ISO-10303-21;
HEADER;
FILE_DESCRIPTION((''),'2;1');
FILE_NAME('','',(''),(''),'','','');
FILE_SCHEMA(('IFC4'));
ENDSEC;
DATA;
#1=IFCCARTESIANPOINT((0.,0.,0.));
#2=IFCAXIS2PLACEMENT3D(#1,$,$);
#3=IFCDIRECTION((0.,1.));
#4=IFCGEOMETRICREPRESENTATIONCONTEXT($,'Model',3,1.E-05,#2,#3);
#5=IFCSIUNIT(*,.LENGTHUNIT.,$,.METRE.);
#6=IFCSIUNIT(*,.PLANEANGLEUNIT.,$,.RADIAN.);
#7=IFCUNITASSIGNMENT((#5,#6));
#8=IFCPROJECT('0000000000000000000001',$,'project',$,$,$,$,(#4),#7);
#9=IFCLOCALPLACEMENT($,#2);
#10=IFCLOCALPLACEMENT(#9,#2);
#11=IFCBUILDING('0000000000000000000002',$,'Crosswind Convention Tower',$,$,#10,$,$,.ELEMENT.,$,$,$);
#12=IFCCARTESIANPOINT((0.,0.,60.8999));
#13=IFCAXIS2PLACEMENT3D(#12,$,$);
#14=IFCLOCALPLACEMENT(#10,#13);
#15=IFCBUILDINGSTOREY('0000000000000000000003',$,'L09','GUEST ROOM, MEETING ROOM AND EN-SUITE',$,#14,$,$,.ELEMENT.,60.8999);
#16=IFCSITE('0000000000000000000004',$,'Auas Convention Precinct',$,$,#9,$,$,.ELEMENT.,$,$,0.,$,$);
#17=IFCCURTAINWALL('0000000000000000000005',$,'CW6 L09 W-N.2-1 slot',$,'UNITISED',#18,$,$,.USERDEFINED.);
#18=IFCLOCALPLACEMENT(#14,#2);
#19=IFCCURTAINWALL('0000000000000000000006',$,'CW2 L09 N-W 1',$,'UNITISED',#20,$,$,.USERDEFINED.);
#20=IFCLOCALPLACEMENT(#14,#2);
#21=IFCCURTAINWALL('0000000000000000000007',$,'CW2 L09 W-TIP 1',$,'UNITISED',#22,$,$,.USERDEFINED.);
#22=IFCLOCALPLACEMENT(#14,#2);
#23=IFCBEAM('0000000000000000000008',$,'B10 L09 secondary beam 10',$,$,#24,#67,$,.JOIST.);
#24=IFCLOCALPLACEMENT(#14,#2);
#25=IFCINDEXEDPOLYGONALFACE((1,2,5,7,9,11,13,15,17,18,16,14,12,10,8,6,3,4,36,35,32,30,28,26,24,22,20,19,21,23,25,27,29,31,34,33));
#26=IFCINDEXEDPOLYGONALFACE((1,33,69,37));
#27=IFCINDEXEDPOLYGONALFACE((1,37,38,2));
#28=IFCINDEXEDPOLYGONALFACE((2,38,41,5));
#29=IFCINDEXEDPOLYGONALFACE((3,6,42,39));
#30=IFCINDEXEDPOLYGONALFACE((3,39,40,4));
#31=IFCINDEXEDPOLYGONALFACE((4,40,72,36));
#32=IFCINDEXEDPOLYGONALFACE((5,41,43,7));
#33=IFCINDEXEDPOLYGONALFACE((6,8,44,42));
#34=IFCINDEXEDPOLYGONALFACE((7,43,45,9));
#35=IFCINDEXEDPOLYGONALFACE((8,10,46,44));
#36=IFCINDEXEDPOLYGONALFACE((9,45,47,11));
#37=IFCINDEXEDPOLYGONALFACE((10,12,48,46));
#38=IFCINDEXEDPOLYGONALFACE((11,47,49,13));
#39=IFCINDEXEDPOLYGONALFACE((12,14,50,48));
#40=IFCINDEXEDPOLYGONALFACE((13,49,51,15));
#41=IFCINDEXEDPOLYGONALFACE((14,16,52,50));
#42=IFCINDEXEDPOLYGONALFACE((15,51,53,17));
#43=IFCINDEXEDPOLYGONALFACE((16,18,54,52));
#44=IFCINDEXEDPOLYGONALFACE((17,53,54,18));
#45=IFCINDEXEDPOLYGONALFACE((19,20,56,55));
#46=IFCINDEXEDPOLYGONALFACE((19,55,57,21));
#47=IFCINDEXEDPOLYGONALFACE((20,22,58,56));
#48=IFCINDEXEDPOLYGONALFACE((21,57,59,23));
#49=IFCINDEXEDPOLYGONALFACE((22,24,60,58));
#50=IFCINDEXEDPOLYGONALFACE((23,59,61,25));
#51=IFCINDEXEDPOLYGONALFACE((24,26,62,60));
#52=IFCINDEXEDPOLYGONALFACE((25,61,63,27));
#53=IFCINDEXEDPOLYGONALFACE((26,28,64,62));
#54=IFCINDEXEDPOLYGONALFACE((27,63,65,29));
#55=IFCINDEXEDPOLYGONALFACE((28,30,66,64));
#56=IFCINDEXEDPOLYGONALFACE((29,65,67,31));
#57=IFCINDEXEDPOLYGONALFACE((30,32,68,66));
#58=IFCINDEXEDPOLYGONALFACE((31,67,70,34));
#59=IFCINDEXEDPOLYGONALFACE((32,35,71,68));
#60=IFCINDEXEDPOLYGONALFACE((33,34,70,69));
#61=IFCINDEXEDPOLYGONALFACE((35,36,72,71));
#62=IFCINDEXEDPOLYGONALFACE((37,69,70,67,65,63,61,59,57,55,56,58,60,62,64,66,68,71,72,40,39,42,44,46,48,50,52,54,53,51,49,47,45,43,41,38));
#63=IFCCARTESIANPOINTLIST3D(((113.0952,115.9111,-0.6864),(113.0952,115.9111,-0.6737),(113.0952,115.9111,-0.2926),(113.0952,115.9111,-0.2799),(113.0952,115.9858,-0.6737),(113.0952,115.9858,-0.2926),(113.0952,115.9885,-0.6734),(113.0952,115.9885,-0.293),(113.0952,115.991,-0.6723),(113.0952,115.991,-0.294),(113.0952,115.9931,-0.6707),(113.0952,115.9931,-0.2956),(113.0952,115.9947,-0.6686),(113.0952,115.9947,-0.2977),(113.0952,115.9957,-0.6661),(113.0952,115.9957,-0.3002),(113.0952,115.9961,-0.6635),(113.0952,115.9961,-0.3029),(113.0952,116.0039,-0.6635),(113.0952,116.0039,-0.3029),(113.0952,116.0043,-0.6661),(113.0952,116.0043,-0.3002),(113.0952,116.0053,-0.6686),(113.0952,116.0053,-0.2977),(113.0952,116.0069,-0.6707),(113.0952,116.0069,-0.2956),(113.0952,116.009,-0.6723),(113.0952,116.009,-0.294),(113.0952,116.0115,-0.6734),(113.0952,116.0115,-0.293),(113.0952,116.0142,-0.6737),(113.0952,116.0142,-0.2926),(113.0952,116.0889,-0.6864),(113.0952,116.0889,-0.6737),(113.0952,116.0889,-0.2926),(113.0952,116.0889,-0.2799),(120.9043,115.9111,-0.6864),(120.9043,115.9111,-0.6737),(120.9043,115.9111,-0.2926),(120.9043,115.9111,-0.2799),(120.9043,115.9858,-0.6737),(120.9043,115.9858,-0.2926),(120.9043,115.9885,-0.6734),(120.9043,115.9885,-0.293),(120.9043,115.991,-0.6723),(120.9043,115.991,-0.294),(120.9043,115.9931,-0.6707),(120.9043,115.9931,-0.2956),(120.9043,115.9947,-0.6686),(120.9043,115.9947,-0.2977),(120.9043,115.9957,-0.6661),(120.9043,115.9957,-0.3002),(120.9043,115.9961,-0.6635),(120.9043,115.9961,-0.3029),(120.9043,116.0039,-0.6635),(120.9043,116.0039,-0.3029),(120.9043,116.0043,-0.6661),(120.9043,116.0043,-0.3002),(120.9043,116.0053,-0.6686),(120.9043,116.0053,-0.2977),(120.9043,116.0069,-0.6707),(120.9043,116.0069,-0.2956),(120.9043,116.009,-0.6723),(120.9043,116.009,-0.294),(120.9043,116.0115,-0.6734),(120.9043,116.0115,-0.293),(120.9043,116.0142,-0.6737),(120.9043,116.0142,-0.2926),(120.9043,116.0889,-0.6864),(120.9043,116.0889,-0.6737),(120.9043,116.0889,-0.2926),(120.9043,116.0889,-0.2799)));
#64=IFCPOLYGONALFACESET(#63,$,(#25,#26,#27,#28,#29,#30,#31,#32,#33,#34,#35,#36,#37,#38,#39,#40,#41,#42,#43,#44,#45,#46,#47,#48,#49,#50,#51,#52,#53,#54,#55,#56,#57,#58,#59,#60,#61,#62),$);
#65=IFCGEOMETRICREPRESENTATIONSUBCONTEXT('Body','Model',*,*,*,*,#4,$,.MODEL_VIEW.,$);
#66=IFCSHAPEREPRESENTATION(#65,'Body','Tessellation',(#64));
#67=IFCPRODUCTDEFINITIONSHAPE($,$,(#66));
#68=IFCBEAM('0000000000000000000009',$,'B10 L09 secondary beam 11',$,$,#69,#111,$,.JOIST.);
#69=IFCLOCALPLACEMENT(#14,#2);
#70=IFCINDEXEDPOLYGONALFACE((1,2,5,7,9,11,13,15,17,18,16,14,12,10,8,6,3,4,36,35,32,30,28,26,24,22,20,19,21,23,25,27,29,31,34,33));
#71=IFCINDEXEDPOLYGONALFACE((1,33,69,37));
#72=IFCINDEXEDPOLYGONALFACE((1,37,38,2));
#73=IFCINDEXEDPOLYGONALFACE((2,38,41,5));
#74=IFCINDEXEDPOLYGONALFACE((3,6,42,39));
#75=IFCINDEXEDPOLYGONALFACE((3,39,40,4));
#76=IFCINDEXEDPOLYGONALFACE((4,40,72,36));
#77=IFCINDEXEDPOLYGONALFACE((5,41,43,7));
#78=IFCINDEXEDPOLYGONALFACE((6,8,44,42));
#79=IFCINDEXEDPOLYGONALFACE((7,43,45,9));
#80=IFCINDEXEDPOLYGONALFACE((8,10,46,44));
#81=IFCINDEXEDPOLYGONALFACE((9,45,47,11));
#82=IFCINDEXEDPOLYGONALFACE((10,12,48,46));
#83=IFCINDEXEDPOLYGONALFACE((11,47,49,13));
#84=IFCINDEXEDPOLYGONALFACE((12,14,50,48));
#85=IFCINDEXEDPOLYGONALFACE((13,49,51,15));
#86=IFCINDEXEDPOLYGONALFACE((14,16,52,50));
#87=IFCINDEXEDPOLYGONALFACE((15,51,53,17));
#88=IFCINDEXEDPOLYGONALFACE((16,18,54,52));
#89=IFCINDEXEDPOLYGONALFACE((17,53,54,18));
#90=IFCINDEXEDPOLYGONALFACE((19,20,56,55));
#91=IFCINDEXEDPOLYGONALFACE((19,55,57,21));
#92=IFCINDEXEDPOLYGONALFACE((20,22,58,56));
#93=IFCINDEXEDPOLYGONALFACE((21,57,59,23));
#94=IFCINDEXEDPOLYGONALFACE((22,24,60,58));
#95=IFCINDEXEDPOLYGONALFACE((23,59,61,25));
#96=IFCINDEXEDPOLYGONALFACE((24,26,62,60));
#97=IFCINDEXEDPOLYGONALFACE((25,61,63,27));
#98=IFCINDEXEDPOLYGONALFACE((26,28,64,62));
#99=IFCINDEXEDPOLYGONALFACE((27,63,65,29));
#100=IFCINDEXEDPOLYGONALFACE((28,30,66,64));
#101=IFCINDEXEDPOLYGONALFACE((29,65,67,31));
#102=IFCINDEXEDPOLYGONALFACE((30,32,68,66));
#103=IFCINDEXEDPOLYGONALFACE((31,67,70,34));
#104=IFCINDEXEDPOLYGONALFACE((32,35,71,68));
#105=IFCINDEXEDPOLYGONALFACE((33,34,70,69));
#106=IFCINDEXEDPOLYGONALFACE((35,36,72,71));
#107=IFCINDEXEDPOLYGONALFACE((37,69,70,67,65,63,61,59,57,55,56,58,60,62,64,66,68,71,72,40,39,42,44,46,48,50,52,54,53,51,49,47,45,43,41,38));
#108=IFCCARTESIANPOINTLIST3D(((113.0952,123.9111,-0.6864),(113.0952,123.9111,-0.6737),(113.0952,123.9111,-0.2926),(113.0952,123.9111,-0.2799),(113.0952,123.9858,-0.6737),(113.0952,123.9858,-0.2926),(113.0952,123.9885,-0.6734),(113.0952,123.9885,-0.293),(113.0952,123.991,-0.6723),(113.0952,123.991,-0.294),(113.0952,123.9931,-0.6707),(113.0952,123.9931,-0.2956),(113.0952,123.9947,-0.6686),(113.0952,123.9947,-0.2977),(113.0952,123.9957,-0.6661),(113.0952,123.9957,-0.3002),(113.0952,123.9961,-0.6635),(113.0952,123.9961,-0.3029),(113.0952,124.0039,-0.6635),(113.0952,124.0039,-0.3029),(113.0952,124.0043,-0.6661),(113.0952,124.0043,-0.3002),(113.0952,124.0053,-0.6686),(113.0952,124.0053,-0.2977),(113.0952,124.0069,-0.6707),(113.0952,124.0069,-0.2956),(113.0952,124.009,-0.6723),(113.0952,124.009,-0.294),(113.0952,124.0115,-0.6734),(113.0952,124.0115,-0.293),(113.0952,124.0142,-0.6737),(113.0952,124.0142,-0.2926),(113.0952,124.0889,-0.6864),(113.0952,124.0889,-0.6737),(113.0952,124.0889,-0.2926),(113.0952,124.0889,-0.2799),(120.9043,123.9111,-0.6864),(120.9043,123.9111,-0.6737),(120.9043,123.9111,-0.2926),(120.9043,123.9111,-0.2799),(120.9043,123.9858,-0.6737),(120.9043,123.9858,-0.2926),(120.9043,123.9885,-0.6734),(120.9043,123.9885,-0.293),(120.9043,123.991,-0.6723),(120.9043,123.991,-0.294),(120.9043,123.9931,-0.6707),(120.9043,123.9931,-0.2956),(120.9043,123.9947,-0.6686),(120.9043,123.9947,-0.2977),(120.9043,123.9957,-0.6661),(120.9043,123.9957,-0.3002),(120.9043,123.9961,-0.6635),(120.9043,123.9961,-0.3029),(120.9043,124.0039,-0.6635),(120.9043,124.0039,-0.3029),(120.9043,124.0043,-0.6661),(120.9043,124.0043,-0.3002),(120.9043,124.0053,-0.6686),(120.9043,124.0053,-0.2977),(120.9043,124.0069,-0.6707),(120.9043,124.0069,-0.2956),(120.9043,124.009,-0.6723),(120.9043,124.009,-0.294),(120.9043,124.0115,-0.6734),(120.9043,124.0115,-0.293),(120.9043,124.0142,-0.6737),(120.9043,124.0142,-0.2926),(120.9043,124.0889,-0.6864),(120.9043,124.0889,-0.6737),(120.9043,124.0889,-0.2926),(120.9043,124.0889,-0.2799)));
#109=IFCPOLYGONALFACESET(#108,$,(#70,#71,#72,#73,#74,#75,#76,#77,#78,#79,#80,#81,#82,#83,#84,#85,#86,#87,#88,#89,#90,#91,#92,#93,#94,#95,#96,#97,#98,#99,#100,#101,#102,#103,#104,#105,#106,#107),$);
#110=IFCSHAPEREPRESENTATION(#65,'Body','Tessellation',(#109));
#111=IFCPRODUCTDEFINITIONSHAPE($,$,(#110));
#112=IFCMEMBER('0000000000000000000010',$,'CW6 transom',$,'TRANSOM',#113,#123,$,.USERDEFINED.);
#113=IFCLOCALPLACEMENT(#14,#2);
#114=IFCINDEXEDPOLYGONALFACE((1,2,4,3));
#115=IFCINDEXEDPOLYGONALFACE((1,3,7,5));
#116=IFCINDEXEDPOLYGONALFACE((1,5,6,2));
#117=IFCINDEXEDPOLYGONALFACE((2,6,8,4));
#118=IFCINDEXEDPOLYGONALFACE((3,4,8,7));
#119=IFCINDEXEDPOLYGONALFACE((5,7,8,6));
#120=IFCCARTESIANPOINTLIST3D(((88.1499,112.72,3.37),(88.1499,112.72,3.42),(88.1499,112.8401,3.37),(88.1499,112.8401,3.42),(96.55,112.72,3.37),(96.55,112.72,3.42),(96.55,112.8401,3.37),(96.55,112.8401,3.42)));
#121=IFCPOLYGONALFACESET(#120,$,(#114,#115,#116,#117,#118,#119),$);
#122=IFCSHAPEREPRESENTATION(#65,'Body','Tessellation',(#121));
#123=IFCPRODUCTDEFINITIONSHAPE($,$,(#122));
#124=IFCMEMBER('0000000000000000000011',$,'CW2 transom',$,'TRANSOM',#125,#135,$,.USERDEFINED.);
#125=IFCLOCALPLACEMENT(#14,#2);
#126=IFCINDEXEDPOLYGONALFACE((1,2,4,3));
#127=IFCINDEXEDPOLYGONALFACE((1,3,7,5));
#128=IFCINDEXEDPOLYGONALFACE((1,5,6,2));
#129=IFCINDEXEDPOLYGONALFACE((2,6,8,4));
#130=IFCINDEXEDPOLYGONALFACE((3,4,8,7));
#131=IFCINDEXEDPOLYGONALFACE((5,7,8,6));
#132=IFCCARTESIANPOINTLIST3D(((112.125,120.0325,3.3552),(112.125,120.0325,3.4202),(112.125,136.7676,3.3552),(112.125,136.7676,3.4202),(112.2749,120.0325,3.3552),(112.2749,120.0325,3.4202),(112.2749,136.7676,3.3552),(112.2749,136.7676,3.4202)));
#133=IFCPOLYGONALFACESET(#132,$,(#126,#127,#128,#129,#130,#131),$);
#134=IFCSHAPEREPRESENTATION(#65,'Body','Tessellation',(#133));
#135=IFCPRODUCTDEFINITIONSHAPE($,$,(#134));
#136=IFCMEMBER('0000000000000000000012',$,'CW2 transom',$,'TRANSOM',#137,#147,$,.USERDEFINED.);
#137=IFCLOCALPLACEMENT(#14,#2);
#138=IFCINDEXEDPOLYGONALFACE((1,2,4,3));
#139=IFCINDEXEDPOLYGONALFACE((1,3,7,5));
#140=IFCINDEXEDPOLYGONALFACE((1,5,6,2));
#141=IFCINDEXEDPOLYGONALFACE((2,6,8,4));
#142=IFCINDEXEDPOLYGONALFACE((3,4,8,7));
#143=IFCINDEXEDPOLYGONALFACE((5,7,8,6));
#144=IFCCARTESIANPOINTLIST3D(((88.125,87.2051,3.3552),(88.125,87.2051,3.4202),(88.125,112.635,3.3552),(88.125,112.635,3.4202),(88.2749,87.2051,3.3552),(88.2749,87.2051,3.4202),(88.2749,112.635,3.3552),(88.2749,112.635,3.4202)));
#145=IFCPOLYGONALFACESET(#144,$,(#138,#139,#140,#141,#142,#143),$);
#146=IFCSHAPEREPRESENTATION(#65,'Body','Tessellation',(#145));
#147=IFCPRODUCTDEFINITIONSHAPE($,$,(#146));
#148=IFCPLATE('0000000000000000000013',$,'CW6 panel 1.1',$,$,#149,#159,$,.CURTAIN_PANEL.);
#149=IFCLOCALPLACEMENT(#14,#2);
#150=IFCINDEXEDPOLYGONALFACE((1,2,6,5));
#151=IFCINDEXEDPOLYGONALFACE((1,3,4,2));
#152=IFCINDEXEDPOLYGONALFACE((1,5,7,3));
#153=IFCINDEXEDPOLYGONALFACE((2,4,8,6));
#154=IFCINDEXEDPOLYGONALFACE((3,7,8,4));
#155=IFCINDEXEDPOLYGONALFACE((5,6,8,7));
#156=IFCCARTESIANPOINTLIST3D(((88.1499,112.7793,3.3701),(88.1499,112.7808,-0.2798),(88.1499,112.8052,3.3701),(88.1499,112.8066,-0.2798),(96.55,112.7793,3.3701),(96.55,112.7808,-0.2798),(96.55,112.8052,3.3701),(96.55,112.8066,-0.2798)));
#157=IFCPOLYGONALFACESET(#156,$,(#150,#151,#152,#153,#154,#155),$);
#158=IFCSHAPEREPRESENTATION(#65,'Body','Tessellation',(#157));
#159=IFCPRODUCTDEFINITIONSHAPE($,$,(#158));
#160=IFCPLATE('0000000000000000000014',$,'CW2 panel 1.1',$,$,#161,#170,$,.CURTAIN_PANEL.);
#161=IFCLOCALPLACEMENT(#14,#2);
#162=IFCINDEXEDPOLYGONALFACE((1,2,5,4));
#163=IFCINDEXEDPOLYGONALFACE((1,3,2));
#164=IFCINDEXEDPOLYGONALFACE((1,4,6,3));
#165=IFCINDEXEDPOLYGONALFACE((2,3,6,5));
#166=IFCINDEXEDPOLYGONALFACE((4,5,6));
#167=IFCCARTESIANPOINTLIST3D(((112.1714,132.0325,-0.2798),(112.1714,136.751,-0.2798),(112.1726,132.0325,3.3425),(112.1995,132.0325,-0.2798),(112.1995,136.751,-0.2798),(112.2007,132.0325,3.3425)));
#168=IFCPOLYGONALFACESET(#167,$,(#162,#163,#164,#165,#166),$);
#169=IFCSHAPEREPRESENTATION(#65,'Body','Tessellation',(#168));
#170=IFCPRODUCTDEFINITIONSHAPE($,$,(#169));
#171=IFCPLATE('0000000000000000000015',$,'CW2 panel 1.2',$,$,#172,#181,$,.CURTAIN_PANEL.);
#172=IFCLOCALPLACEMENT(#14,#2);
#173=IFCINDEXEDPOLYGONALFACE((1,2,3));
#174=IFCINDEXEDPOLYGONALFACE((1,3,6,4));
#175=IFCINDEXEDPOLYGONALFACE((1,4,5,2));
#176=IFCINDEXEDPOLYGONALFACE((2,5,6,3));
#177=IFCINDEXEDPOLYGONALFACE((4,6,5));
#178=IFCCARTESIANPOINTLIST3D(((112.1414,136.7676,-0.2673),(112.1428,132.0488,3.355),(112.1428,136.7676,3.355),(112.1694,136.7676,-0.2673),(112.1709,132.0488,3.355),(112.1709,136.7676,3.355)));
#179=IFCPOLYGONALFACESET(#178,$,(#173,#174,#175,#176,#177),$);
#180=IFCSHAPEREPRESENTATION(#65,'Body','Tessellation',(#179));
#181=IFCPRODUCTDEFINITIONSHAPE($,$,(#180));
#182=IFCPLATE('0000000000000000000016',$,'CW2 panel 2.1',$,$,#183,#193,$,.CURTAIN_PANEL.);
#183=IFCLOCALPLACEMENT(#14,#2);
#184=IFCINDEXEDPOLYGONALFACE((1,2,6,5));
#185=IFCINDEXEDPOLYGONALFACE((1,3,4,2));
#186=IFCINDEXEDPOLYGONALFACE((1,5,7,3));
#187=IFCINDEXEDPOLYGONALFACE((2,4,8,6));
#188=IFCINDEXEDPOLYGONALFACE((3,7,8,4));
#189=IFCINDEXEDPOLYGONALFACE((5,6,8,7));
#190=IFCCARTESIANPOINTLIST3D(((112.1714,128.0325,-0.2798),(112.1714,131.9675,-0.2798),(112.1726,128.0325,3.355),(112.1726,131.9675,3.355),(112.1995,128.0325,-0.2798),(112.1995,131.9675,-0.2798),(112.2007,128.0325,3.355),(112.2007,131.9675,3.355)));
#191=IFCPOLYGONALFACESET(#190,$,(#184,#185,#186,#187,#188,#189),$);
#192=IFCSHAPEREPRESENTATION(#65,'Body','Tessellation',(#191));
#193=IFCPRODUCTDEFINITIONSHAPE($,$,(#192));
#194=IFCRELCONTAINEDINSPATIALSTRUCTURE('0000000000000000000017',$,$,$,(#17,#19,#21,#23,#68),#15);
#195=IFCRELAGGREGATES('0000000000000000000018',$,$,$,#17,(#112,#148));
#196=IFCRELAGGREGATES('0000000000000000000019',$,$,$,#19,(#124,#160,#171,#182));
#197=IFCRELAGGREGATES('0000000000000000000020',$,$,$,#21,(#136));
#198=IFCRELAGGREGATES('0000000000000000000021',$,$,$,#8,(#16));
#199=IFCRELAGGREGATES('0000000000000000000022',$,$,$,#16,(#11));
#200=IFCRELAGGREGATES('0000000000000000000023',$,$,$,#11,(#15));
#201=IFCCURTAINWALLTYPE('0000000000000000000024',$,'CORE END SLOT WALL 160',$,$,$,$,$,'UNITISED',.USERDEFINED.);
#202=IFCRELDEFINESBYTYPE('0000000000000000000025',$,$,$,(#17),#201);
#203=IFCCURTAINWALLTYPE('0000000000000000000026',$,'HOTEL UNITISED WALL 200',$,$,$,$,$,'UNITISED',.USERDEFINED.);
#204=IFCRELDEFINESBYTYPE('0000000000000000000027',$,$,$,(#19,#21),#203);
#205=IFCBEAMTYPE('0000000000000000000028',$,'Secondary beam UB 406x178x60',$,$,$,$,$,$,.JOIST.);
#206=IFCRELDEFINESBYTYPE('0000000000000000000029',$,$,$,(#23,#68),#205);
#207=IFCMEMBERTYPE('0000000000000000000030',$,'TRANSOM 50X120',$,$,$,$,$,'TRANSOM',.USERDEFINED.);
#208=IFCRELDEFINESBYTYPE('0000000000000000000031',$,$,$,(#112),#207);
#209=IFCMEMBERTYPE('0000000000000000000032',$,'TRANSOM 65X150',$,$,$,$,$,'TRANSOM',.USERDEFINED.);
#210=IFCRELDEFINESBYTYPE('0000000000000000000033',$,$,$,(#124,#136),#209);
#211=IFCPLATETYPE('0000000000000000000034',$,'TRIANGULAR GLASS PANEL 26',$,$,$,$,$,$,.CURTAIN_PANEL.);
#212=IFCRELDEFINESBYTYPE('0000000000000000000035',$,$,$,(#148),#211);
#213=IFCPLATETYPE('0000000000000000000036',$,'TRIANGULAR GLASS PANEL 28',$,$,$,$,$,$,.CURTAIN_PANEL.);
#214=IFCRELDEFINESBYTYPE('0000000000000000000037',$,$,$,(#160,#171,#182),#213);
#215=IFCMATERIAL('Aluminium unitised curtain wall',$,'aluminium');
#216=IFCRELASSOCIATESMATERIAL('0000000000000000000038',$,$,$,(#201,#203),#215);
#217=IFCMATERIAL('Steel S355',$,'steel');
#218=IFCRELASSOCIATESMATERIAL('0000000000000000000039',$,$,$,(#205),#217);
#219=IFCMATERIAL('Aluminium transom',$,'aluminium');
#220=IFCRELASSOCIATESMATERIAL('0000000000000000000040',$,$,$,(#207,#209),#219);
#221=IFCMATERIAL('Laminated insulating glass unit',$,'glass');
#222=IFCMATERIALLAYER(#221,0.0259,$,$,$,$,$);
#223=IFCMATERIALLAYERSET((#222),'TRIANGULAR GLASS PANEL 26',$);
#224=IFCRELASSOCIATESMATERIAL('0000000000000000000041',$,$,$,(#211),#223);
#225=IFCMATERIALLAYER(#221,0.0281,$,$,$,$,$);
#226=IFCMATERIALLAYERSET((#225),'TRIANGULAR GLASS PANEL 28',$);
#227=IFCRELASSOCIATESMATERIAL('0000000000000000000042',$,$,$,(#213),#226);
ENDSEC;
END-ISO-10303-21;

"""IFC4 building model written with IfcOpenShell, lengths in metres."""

from ifc_helpers import new_model, si_unit, direction, frame, origin, origin_2d, place, context, subcontext, project, spatial, polyline, rectangle, i_section, outline, extrude, material, layer, layer_set, material_profile, profile_set, type_object, element, aggregate, save


model = new_model("IFC4")

# Units and contexts
model_context = context("Model", 3, precision=1e-05, world=origin(), true_north=direction((0.0, 1.0)))
body_context = subcontext(model_context, "Body", "Model", "MODEL_VIEW")
ifc_project = project(units=[si_unit("LENGTHUNIT", "METRE"), si_unit("PLANEANGLEUNIT", "RADIAN")], contexts=[model_context])

# Site, building, storey
site_placement = place(None, origin())
site = spatial("IfcSite", under=ifc_project, at=site_placement, Name="Auas Convention Precinct", CompositionType="ELEMENT", RefElevation=0.0)
building_placement = place(site_placement, origin())
building = spatial("IfcBuilding", under=site, at=building_placement, Name="Crosswind Convention Tower", CompositionType="ELEMENT")
storey_placement = place(building_placement, frame((0.0, 0.0, 60.8999)))
storey = spatial("IfcBuildingStorey", under=building, at=storey_placement, Name="L09", Description="GUEST ROOM, MEETING ROOM AND EN-SUITE", CompositionType="ELEMENT", Elevation=60.8999)

# Shared definitions
ifc_material_1 = material(Name="Steel S355", Category="steel")

# Curtain wall
ifc_material_2 = material(Name="Aluminium unitised curtain wall", Category="aluminium")
curtain_wall_type_1 = type_object("IfcCurtainWallType", Name="CORE END SLOT WALL 160", ElementType="UNITISED", PredefinedType="USERDEFINED", material=ifc_material_2)
curtain_wall_1_placement = place(storey_placement, origin())
curtain_wall_1 = element("IfcCurtainWall", 1, at=curtain_wall_1_placement, inside=storey, type_object=curtain_wall_type_1, Name="CW6 L09 W-N.2-1 slot", ObjectType="UNITISED", PredefinedType="USERDEFINED")

# Shared definitions
curtain_wall_type_2 = type_object("IfcCurtainWallType", Name="HOTEL UNITISED WALL 200", ElementType="UNITISED", PredefinedType="USERDEFINED", material=ifc_material_2)

# Curtain wall
curtain_wall_2_placement = place(storey_placement, origin())
curtain_wall_2 = element("IfcCurtainWall", 2, at=curtain_wall_2_placement, inside=storey, type_object=curtain_wall_type_2, Name="CW2 L09 N-W 1", ObjectType="UNITISED", PredefinedType="USERDEFINED")

# Curtain wall
curtain_wall_3_placement = place(storey_placement, origin())
curtain_wall_3 = element("IfcCurtainWall", 3, at=curtain_wall_3_placement, inside=storey, type_object=curtain_wall_type_2, Name="CW2 L09 W-TIP 1", ObjectType="UNITISED", PredefinedType="USERDEFINED")

# Beams
ifc_material_profile_1 = material_profile(ifc_material_1, i_section(OverallWidth=0.1777, OverallDepth=0.4065, WebThickness=0.0078, FlangeThickness=0.0127, FilletRadius=0.0103, at=origin_2d()), Name="UB 406x178x60")
ifc_profile_set_1 = profile_set([ifc_material_profile_1], Name="Steel S355")
beam_type_1 = type_object("IfcBeamType", Name="Secondary beam UB 406x178x60", PredefinedType="JOIST", material=ifc_profile_set_1)
for number, where, z_axis, x_axis, name in (
    (4, (113.0952, 116.0, -0.4832), (1.0, 0.0, 0.0), (0.0, 1.0, 0.0), "B10 L09 secondary beam 10"),
    (5, (113.0952, 124.0, -0.4832), (1.0, 0.0, 0.0), (0.0, 1.0, 0.0), "B10 L09 secondary beam 11"),
):
    element("IfcBeam", number, at=place(storey_placement, frame(where, z_axis=z_axis, x_axis=x_axis)), inside=storey, type_object=beam_type_1, Name=name, PredefinedType="JOIST", context=body_context, shape_type="SweptSolid", body=[
        extrude(i_section(OverallWidth=0.1777, OverallDepth=0.4065, WebThickness=0.0078, FlangeThickness=0.0127, FilletRadius=0.0103, at=origin_2d()), origin(), (0.0, 0.0, 1.0), 7.8091),
    ])

# Members
ifc_material_3 = material(Name="Aluminium transom", Category="aluminium")
ifc_material_profile_2 = material_profile(ifc_material_3, rectangle(XDim=0.1201, YDim=0.05, at=origin_2d()), Name="AL 120X50")
ifc_profile_set_2 = profile_set([ifc_material_profile_2], Name="Aluminium transom")
member_type_1 = type_object("IfcMemberType", Name="TRANSOM 50X120", ElementType="TRANSOM", PredefinedType="USERDEFINED", material=ifc_profile_set_2)
member_1_placement = place(storey_placement, frame((96.55, 112.78, 3.395), z_axis=(-1.0, 0.0, 0.0), x_axis=(0.0, -1.0, 0.0)))
member_1 = element("IfcMember", 6, at=member_1_placement, type_object=member_type_1, Name="CW6 transom", ObjectType="TRANSOM", PredefinedType="USERDEFINED", context=body_context, shape_type="SweptSolid", body=[
    extrude(rectangle(XDim=0.1201, YDim=0.05, at=origin_2d()), origin(), (0.0, 0.0, 1.0), 8.4001),
])
ifc_material_profile_3 = material_profile(ifc_material_3, rectangle(XDim=0.1499, YDim=0.0649, at=origin_2d()), Name="AL 150X65")
ifc_profile_set_3 = profile_set([ifc_material_profile_3], Name="Aluminium transom")
member_type_2 = type_object("IfcMemberType", Name="TRANSOM 65X150", ElementType="TRANSOM", PredefinedType="USERDEFINED", material=ifc_profile_set_3)
member_2_placement = place(storey_placement, frame((112.2, 136.7676, 3.3877), z_axis=(0.0, -1.0, 0.0), x_axis=(1.0, 0.0, 0.0)))
member_2 = element("IfcMember", 7, at=member_2_placement, type_object=member_type_2, Name="CW2 transom", ObjectType="TRANSOM", PredefinedType="USERDEFINED", context=body_context, shape_type="SweptSolid", body=[
    extrude(rectangle(XDim=0.1499, YDim=0.0649, at=origin_2d()), origin(), (0.0, 0.0, 1.0), 16.7351),
])
member_3_placement = place(storey_placement, frame((88.2, 112.635, 3.3877), z_axis=(0.0, -1.0, 0.0), x_axis=(1.0, 0.0, 0.0)))
member_3 = element("IfcMember", 8, at=member_3_placement, type_object=member_type_2, Name="CW2 transom", ObjectType="TRANSOM", PredefinedType="USERDEFINED", context=body_context, shape_type="SweptSolid", body=[
    extrude(rectangle(XDim=0.1499, YDim=0.0649, at=origin_2d()), origin(), (0.0, 0.0, 1.0), 25.4299),
])

# Plates
ifc_material_4 = material(Name="Laminated insulating glass unit", Category="glass")
ifc_layer_1 = layer(ifc_material_4, 0.0259)
ifc_layer_set_1 = layer_set([ifc_layer_1], Name="TRIANGULAR GLASS PANEL 26")
plate_type_1 = type_object("IfcPlateType", Name="TRIANGULAR GLASS PANEL 26", PredefinedType="CURTAIN_PANEL", material=ifc_layer_set_1)
plate_1_placement = place(storey_placement, frame((96.55, 112.8066, -0.2798), z_axis=(0.0, 1.0, 0.000401), x_axis=(-1.0, 0.0, 0.0)))
plate_1 = element("IfcPlate", 9, at=plate_1_placement, type_object=plate_type_1, Name="CW6 panel 1.1", PredefinedType="CURTAIN_PANEL", context=body_context, shape_type="SweptSolid", body=[
    extrude(outline(polyline([(0.0, 0.0), (8.4001, 0.0), (8.4001, 3.6499), (0.0, 3.6499), (0.0, 0.0)])), origin(), (0.0, 0.0, -1.0), 0.0259),
])
aggregate(curtain_wall_1, [member_1, plate_1])
ifc_layer_2 = layer(ifc_material_4, 0.0281)
ifc_layer_set_2 = layer_set([ifc_layer_2], Name="TRIANGULAR GLASS PANEL 28")
plate_type_2 = type_object("IfcPlateType", Name="TRIANGULAR GLASS PANEL 28", PredefinedType="CURTAIN_PANEL", material=ifc_layer_set_2)
plate_2_placement = place(storey_placement, frame((112.1714, 132.0325, -0.2798), z_axis=(-1.0, 0.0, 0.000337), x_axis=(0.000337, 0.0, 1.0)))
plate_2 = element("IfcPlate", 10, at=plate_2_placement, type_object=plate_type_2, Name="CW2 panel 1.1", PredefinedType="CURTAIN_PANEL", context=body_context, shape_type="SweptSolid", body=[
    extrude(outline(polyline([(0.0, 0.0), (3.6223, 0.0), (0.0, 4.7185), (0.0, 0.0)])), origin(), (0.0, 0.0, -1.0), 0.0281),
])
plate_3_placement = place(storey_placement, frame((112.1428, 136.7676, 3.355), z_axis=(-1.0, 0.0, 0.000404), x_axis=(-0.000404, 0.0, -1.0)))
plate_3 = element("IfcPlate", 11, at=plate_3_placement, type_object=plate_type_2, Name="CW2 panel 1.2", PredefinedType="CURTAIN_PANEL", context=body_context, shape_type="SweptSolid", body=[
    extrude(outline(polyline([(0.0, 0.0), (3.6223, 0.0), (0.0, 4.7188), (0.0, 0.0)])), origin(), (0.0, 0.0, -1.0), 0.0281),
])
plate_4_placement = place(storey_placement, frame((112.1714, 131.9675, -0.2798), z_axis=(-1.0, 0.0, 0.000336), x_axis=(0.0, -1.0, 0.0)))
plate_4 = element("IfcPlate", 12, at=plate_4_placement, type_object=plate_type_2, Name="CW2 panel 2.1", PredefinedType="CURTAIN_PANEL", context=body_context, shape_type="SweptSolid", body=[
    extrude(outline(polyline([(0.0, 0.0), (3.9351, 0.0), (3.9351, 3.6348), (0.0, 3.6348), (0.0, 0.0)])), origin(), (0.0, 0.0, -1.0), 0.0281),
])

aggregate(curtain_wall_2, [member_2, plate_2, plate_3, plate_4])
aggregate(curtain_wall_3, [member_3])

save(model, "model.ifc")
